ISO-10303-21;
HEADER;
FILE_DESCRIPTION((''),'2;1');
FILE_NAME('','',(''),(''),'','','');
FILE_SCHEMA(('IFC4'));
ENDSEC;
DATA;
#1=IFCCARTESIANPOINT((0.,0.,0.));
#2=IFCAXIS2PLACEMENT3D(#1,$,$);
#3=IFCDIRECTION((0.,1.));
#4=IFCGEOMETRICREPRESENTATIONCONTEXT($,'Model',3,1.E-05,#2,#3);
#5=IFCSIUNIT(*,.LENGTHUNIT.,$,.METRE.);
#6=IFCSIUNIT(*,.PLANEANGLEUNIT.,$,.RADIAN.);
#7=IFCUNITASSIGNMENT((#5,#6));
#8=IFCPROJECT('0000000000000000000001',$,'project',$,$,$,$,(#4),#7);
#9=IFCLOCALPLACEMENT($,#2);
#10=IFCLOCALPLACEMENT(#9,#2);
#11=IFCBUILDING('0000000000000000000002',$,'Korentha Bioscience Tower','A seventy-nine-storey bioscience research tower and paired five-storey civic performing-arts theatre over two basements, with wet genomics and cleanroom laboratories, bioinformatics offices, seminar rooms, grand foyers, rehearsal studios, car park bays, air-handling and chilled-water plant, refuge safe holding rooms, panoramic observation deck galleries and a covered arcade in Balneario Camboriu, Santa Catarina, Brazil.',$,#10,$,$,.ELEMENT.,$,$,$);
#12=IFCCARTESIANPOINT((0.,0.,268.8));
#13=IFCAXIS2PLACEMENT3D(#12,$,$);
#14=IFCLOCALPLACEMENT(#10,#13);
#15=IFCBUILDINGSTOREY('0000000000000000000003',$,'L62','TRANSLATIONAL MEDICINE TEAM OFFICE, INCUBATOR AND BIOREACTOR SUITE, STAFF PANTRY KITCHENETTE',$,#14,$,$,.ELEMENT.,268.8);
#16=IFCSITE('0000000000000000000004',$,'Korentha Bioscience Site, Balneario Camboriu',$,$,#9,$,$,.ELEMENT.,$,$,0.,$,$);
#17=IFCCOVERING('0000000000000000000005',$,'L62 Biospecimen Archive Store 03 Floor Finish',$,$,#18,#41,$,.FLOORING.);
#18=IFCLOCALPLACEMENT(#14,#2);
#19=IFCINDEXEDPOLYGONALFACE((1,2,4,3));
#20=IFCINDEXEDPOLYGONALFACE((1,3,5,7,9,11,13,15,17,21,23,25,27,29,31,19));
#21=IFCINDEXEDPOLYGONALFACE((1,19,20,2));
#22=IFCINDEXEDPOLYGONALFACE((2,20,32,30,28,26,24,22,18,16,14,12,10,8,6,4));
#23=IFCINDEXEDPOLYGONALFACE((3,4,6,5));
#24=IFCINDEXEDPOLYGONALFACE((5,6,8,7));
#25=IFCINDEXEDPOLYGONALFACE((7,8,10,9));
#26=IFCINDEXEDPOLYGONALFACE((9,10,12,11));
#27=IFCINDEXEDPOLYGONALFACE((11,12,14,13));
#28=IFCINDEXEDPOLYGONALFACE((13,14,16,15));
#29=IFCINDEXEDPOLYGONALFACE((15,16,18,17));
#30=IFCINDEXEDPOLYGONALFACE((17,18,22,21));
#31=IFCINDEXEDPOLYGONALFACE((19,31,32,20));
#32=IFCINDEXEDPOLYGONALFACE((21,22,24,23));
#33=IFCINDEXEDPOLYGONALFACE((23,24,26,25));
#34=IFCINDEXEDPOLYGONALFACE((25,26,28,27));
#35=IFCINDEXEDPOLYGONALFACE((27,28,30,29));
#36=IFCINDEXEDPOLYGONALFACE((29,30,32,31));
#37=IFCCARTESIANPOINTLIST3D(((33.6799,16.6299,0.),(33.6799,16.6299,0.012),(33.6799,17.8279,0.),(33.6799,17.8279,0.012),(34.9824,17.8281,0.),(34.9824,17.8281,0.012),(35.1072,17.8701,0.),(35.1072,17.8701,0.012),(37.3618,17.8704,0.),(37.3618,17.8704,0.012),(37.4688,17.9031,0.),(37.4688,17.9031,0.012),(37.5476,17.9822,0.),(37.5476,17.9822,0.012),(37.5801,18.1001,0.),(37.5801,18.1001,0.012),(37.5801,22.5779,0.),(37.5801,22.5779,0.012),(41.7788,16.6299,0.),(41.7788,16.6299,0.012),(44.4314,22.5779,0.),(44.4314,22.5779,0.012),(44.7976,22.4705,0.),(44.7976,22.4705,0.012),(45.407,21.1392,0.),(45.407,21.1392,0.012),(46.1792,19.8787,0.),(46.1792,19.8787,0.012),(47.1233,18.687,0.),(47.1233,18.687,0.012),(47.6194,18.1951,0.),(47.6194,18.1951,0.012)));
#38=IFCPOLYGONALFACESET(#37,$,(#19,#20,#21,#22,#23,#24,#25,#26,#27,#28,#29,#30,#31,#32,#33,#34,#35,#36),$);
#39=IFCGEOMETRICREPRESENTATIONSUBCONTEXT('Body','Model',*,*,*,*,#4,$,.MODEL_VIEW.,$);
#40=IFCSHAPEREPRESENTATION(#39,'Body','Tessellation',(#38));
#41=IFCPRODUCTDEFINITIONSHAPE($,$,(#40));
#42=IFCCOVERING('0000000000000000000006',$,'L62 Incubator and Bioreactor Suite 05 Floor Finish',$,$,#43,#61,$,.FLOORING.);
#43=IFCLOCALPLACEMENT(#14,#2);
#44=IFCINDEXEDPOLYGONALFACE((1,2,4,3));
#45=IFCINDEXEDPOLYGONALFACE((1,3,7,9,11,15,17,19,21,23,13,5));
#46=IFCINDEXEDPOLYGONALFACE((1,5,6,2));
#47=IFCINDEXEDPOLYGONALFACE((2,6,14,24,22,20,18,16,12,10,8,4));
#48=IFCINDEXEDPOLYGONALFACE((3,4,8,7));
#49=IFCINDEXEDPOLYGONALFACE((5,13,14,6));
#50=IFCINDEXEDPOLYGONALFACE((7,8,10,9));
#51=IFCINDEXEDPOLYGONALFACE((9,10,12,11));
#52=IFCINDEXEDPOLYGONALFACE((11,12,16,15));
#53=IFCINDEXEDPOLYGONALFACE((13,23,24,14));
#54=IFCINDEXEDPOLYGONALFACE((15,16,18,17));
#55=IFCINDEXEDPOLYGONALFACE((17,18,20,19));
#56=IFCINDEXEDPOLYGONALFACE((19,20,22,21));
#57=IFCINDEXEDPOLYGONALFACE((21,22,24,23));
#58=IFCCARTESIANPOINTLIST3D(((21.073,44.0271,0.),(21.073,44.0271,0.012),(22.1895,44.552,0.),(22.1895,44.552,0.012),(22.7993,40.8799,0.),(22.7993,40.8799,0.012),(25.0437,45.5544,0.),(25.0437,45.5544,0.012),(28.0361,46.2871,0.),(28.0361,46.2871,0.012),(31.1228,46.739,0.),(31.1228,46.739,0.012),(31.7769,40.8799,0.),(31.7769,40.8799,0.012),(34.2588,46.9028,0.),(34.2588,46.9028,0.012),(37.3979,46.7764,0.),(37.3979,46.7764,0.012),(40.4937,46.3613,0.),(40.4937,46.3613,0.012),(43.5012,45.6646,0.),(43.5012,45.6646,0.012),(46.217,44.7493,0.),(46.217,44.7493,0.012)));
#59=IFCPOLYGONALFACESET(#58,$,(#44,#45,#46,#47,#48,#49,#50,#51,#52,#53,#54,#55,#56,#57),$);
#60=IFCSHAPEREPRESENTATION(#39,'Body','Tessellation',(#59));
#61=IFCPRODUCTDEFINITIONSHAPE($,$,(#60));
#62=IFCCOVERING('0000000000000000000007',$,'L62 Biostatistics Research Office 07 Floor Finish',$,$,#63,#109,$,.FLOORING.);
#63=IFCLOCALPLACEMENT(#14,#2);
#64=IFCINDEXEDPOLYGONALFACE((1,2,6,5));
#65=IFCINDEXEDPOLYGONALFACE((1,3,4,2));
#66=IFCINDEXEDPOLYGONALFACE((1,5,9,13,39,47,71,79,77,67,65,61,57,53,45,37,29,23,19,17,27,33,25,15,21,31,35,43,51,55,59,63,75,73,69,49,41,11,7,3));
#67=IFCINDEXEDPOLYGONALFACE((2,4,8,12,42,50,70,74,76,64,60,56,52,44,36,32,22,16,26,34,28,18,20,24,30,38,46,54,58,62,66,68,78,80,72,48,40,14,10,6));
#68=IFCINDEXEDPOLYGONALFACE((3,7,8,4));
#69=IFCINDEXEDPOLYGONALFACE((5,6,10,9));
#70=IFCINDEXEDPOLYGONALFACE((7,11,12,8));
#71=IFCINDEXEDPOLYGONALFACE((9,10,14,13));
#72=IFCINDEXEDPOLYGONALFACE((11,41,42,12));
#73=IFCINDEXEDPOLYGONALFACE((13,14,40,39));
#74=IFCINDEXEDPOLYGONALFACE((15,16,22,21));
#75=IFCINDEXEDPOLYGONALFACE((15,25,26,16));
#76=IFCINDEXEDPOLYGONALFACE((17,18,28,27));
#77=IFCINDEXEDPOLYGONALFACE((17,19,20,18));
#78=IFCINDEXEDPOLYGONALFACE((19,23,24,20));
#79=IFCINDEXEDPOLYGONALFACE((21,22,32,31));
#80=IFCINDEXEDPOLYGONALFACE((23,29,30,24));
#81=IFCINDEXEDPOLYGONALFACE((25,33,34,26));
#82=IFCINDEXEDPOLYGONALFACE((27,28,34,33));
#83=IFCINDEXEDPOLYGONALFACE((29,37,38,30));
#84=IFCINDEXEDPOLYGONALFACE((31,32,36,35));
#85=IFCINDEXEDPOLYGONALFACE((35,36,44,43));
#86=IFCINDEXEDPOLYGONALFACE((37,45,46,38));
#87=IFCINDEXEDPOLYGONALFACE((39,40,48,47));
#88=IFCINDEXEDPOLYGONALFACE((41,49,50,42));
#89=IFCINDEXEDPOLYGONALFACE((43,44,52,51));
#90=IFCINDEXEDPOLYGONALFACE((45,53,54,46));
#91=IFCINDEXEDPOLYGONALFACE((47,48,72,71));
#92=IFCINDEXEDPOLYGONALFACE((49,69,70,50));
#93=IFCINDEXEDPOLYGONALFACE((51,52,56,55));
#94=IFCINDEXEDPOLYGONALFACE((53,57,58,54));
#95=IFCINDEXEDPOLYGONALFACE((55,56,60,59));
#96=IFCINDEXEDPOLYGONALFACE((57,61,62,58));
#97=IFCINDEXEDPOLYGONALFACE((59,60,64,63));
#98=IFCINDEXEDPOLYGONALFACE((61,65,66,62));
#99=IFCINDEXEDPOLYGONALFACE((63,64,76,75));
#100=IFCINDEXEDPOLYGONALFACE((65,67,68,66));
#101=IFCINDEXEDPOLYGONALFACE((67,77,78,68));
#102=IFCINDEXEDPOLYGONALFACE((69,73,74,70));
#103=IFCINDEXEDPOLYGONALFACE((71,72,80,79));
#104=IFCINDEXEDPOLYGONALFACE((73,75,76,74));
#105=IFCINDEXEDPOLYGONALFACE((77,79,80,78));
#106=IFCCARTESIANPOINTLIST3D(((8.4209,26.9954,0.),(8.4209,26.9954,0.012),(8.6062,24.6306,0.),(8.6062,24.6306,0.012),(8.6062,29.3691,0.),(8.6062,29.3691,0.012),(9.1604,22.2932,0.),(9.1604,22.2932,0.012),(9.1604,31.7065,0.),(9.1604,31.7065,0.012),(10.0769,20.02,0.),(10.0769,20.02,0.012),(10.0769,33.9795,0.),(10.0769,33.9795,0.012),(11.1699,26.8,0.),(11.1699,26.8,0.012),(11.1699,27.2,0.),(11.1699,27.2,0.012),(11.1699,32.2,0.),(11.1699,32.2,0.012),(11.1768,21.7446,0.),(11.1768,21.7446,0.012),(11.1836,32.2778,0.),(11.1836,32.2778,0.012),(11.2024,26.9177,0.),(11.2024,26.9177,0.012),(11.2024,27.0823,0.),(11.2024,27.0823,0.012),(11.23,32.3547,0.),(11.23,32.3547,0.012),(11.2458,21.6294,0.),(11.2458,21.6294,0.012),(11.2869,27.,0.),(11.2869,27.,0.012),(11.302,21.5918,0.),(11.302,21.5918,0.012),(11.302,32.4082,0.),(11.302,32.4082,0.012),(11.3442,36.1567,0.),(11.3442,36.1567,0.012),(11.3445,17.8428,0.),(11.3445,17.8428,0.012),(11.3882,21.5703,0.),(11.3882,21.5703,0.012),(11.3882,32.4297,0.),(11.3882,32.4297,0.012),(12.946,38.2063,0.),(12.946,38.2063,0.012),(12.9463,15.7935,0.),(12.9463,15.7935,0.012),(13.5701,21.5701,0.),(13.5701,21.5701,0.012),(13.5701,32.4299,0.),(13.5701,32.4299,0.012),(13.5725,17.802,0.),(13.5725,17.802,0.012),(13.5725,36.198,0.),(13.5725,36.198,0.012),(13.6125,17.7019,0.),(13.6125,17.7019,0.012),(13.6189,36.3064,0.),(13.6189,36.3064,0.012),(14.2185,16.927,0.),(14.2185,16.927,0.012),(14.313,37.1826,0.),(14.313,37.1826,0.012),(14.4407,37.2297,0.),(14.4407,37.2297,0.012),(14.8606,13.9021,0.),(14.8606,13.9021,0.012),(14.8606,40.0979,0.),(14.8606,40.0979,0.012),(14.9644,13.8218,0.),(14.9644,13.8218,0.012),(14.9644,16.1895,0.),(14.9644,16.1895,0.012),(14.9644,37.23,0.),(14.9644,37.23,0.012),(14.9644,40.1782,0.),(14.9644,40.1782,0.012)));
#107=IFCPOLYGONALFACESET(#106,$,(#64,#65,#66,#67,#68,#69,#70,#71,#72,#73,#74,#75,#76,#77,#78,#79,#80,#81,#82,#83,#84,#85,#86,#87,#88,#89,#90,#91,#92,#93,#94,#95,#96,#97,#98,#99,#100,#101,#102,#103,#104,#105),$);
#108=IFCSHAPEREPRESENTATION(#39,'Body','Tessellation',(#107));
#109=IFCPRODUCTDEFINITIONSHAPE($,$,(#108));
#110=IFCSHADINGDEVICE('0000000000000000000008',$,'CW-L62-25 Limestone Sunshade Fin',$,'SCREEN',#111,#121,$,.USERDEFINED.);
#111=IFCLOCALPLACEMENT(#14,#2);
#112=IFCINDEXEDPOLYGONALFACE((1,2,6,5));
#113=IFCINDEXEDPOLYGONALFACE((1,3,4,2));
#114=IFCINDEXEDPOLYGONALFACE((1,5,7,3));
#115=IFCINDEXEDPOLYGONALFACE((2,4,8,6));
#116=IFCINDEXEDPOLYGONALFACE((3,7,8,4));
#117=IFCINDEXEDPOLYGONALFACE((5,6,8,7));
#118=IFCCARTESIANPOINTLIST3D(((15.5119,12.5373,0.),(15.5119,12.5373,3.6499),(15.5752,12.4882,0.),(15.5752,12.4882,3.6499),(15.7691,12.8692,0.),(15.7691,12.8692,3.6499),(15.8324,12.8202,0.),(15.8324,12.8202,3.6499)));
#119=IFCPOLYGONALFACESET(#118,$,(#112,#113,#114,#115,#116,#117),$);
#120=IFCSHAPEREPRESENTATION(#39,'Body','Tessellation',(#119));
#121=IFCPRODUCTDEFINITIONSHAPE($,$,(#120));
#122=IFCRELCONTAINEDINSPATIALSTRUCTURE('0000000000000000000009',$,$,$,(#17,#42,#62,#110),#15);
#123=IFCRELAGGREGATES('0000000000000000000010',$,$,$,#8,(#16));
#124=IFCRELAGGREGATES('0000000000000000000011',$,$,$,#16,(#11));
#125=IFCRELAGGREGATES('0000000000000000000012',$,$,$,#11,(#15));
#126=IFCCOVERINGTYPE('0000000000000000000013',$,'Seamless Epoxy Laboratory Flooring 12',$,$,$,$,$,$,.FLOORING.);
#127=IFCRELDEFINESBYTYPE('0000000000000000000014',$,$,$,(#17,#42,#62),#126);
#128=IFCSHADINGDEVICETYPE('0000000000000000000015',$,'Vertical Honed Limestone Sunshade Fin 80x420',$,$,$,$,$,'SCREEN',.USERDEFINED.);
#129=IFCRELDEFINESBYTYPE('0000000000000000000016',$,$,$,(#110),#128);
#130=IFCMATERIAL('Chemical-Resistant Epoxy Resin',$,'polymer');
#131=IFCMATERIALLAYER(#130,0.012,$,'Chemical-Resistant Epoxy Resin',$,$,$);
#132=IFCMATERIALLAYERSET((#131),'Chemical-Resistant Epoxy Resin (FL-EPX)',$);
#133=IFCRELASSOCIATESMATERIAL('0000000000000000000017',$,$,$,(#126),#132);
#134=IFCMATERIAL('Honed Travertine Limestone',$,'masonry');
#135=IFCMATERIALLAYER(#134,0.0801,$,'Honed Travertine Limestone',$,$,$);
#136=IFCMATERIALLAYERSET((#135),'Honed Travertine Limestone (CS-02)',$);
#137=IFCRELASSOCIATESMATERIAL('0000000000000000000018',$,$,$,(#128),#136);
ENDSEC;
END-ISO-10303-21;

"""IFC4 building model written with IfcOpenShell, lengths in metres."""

from ifc_helpers import new_model, si_unit, direction, frame, origin, origin_2d, place, context, subcontext, project, spatial, polyline, rectangle, outline, extrude, material, layer, layer_set, type_object, element, save


model = new_model("IFC4")

# Units and contexts
model_context = context("Model", 3, precision=1e-05, world=origin(), true_north=direction((0.0, 1.0)))
body_context = subcontext(model_context, "Body", "Model", "MODEL_VIEW")
ifc_project = project(units=[si_unit("LENGTHUNIT", "METRE"), si_unit("PLANEANGLEUNIT", "RADIAN")], contexts=[model_context])

# Site, building, storey
site_placement = place(None, origin())
site = spatial("IfcSite", under=ifc_project, at=site_placement, Name="Korentha Bioscience Site, Balneario Camboriu", CompositionType="ELEMENT", RefElevation=0.0)
building_placement = place(site_placement, origin())
building = spatial("IfcBuilding", under=site, at=building_placement, Name="Korentha Bioscience Tower", Description="A seventy-nine-storey bioscience research tower and paired five-storey civic performing-arts theatre over two basements, with wet genomics and cleanroom laboratories, bioinformatics offices, seminar rooms, grand foyers, rehearsal studios, car park bays, air-handling and chilled-water plant, refuge safe holding rooms, panoramic observation deck galleries and a covered arcade in Balneario Camboriu, Santa Catarina, Brazil.", CompositionType="ELEMENT")
storey_placement = place(building_placement, frame((0.0, 0.0, 268.8)))
storey = spatial("IfcBuildingStorey", under=building, at=storey_placement, Name="L62", Description="TRANSLATIONAL MEDICINE TEAM OFFICE, INCUBATOR AND BIOREACTOR SUITE, STAFF PANTRY KITCHENETTE", CompositionType="ELEMENT", Elevation=268.8)

# Coverings
ifc_material_1 = material(Name="Chemical-Resistant Epoxy Resin", Category="polymer")
ifc_layer_1 = layer(ifc_material_1, 0.012, Name="Chemical-Resistant Epoxy Resin")
ifc_layer_set_1 = layer_set([ifc_layer_1], Name="Chemical-Resistant Epoxy Resin (FL-EPX)")
covering_type_1 = type_object("IfcCoveringType", Name="Seamless Epoxy Laboratory Flooring 12", PredefinedType="FLOORING", material=ifc_layer_set_1)
covering_1_placement = place(storey_placement, origin())
element("IfcCovering", 1, at=covering_1_placement, inside=storey, type_object=covering_type_1, Name="L62 Biospecimen Archive Store 03 Floor Finish", PredefinedType="FLOORING", context=body_context, shape_type="SweptSolid", body=[
    extrude(outline(polyline([(34.9824, 17.8281), (35.1072, 17.8701), (37.3618, 17.8704), (37.4688, 17.9031), (37.5476, 17.9822), (37.5801, 18.1001), (37.5801, 22.5779), (44.4314, 22.5779), (44.7976, 22.4705), (45.407, 21.1392), (46.1792, 19.8787), (47.1233, 18.687), (47.6194, 18.1951), (41.7788, 16.6299), (33.6799, 16.6299), (33.6799, 17.8279), (34.9824, 17.8281)])), origin(), (0.0, 0.0, 1.0), 0.012),
])
covering_2_placement = place(storey_placement, origin())
element("IfcCovering", 2, at=covering_2_placement, inside=storey, type_object=covering_type_1, Name="L62 Incubator and Bioreactor Suite 05 Floor Finish", PredefinedType="FLOORING", context=body_context, shape_type="SweptSolid", body=[
    extrude(outline(polyline([(22.1895, 44.552), (25.0437, 45.5544), (28.0361, 46.2871), (31.1228, 46.739), (34.2588, 46.9028), (37.3979, 46.7764), (40.4937, 46.3613), (43.5012, 45.6646), (46.217, 44.7493), (31.7769, 40.8799), (22.7993, 40.8799), (21.073, 44.0271), (22.1895, 44.552)])), origin(), (0.0, 0.0, 1.0), 0.012),
])
covering_3_placement = place(storey_placement, origin())
element("IfcCovering", 3, at=covering_3_placement, inside=storey, type_object=covering_type_1, Name="L62 Biostatistics Research Office 07 Floor Finish", PredefinedType="FLOORING", context=body_context, shape_type="SweptSolid", body=[
    extrude(outline(polyline([(8.6062, 29.3691), (9.1604, 31.7065), (10.0769, 33.9795), (11.3442, 36.1567), (12.946, 38.2063), (14.8606, 40.0979), (14.9644, 40.1782), (14.9644, 37.23), (14.4407, 37.2297), (14.313, 37.1826), (13.6189, 36.3064), (13.5725, 36.198), (13.5701, 32.4299), (11.3882, 32.4297), (11.302, 32.4082), (11.23, 32.3547), (11.1836, 32.2778), (11.1699, 32.2), (11.1699, 27.2), (11.2024, 27.0823), (11.2869, 27.0), (11.2024, 26.9177), (11.1699, 26.8), (11.1768, 21.7446), (11.2458, 21.6294), (11.302, 21.5918), (11.3882, 21.5703), (13.5701, 21.5701), (13.5725, 17.802), (13.6125, 17.7019), (14.2185, 16.927), (14.9644, 16.1895), (14.9644, 13.8218), (14.8606, 13.9021), (12.9463, 15.7935), (11.3445, 17.8428), (10.0769, 20.02), (9.1604, 22.2932), (8.6062, 24.6306), (8.4209, 26.9954), (8.6062, 29.3691)])), origin(), (0.0, 0.0, 1.0), 0.012),
])

# Shading device
ifc_material_2 = material(Name="Honed Travertine Limestone", Category="masonry")
ifc_layer_2 = layer(ifc_material_2, 0.0801, Name="Honed Travertine Limestone")
ifc_layer_set_2 = layer_set([ifc_layer_2], Name="Honed Travertine Limestone (CS-02)")
shading_device_type_1 = type_object("IfcShadingDeviceType", Name="Vertical Honed Limestone Sunshade Fin 80x420", ElementType="SCREEN", PredefinedType="USERDEFINED", material=ifc_layer_set_2)
shading_device_1_placement = place(storey_placement, frame((15.6721, 12.6787, 0.0), z_axis=(0.0, 0.0, 1.0), x_axis=(0.790488, -0.612478, 0.0)))
element("IfcShadingDevice", 4, at=shading_device_1_placement, inside=storey, type_object=shading_device_type_1, Name="CW-L62-25 Limestone Sunshade Fin", ObjectType="SCREEN", PredefinedType="USERDEFINED", context=body_context, shape_type="SweptSolid", body=[
    extrude(rectangle(XDim=0.0801, YDim=0.4199, at=origin_2d()), origin(), (0.0, 0.0, 1.0), 3.6499),
])

save(model, "model.ifc")
